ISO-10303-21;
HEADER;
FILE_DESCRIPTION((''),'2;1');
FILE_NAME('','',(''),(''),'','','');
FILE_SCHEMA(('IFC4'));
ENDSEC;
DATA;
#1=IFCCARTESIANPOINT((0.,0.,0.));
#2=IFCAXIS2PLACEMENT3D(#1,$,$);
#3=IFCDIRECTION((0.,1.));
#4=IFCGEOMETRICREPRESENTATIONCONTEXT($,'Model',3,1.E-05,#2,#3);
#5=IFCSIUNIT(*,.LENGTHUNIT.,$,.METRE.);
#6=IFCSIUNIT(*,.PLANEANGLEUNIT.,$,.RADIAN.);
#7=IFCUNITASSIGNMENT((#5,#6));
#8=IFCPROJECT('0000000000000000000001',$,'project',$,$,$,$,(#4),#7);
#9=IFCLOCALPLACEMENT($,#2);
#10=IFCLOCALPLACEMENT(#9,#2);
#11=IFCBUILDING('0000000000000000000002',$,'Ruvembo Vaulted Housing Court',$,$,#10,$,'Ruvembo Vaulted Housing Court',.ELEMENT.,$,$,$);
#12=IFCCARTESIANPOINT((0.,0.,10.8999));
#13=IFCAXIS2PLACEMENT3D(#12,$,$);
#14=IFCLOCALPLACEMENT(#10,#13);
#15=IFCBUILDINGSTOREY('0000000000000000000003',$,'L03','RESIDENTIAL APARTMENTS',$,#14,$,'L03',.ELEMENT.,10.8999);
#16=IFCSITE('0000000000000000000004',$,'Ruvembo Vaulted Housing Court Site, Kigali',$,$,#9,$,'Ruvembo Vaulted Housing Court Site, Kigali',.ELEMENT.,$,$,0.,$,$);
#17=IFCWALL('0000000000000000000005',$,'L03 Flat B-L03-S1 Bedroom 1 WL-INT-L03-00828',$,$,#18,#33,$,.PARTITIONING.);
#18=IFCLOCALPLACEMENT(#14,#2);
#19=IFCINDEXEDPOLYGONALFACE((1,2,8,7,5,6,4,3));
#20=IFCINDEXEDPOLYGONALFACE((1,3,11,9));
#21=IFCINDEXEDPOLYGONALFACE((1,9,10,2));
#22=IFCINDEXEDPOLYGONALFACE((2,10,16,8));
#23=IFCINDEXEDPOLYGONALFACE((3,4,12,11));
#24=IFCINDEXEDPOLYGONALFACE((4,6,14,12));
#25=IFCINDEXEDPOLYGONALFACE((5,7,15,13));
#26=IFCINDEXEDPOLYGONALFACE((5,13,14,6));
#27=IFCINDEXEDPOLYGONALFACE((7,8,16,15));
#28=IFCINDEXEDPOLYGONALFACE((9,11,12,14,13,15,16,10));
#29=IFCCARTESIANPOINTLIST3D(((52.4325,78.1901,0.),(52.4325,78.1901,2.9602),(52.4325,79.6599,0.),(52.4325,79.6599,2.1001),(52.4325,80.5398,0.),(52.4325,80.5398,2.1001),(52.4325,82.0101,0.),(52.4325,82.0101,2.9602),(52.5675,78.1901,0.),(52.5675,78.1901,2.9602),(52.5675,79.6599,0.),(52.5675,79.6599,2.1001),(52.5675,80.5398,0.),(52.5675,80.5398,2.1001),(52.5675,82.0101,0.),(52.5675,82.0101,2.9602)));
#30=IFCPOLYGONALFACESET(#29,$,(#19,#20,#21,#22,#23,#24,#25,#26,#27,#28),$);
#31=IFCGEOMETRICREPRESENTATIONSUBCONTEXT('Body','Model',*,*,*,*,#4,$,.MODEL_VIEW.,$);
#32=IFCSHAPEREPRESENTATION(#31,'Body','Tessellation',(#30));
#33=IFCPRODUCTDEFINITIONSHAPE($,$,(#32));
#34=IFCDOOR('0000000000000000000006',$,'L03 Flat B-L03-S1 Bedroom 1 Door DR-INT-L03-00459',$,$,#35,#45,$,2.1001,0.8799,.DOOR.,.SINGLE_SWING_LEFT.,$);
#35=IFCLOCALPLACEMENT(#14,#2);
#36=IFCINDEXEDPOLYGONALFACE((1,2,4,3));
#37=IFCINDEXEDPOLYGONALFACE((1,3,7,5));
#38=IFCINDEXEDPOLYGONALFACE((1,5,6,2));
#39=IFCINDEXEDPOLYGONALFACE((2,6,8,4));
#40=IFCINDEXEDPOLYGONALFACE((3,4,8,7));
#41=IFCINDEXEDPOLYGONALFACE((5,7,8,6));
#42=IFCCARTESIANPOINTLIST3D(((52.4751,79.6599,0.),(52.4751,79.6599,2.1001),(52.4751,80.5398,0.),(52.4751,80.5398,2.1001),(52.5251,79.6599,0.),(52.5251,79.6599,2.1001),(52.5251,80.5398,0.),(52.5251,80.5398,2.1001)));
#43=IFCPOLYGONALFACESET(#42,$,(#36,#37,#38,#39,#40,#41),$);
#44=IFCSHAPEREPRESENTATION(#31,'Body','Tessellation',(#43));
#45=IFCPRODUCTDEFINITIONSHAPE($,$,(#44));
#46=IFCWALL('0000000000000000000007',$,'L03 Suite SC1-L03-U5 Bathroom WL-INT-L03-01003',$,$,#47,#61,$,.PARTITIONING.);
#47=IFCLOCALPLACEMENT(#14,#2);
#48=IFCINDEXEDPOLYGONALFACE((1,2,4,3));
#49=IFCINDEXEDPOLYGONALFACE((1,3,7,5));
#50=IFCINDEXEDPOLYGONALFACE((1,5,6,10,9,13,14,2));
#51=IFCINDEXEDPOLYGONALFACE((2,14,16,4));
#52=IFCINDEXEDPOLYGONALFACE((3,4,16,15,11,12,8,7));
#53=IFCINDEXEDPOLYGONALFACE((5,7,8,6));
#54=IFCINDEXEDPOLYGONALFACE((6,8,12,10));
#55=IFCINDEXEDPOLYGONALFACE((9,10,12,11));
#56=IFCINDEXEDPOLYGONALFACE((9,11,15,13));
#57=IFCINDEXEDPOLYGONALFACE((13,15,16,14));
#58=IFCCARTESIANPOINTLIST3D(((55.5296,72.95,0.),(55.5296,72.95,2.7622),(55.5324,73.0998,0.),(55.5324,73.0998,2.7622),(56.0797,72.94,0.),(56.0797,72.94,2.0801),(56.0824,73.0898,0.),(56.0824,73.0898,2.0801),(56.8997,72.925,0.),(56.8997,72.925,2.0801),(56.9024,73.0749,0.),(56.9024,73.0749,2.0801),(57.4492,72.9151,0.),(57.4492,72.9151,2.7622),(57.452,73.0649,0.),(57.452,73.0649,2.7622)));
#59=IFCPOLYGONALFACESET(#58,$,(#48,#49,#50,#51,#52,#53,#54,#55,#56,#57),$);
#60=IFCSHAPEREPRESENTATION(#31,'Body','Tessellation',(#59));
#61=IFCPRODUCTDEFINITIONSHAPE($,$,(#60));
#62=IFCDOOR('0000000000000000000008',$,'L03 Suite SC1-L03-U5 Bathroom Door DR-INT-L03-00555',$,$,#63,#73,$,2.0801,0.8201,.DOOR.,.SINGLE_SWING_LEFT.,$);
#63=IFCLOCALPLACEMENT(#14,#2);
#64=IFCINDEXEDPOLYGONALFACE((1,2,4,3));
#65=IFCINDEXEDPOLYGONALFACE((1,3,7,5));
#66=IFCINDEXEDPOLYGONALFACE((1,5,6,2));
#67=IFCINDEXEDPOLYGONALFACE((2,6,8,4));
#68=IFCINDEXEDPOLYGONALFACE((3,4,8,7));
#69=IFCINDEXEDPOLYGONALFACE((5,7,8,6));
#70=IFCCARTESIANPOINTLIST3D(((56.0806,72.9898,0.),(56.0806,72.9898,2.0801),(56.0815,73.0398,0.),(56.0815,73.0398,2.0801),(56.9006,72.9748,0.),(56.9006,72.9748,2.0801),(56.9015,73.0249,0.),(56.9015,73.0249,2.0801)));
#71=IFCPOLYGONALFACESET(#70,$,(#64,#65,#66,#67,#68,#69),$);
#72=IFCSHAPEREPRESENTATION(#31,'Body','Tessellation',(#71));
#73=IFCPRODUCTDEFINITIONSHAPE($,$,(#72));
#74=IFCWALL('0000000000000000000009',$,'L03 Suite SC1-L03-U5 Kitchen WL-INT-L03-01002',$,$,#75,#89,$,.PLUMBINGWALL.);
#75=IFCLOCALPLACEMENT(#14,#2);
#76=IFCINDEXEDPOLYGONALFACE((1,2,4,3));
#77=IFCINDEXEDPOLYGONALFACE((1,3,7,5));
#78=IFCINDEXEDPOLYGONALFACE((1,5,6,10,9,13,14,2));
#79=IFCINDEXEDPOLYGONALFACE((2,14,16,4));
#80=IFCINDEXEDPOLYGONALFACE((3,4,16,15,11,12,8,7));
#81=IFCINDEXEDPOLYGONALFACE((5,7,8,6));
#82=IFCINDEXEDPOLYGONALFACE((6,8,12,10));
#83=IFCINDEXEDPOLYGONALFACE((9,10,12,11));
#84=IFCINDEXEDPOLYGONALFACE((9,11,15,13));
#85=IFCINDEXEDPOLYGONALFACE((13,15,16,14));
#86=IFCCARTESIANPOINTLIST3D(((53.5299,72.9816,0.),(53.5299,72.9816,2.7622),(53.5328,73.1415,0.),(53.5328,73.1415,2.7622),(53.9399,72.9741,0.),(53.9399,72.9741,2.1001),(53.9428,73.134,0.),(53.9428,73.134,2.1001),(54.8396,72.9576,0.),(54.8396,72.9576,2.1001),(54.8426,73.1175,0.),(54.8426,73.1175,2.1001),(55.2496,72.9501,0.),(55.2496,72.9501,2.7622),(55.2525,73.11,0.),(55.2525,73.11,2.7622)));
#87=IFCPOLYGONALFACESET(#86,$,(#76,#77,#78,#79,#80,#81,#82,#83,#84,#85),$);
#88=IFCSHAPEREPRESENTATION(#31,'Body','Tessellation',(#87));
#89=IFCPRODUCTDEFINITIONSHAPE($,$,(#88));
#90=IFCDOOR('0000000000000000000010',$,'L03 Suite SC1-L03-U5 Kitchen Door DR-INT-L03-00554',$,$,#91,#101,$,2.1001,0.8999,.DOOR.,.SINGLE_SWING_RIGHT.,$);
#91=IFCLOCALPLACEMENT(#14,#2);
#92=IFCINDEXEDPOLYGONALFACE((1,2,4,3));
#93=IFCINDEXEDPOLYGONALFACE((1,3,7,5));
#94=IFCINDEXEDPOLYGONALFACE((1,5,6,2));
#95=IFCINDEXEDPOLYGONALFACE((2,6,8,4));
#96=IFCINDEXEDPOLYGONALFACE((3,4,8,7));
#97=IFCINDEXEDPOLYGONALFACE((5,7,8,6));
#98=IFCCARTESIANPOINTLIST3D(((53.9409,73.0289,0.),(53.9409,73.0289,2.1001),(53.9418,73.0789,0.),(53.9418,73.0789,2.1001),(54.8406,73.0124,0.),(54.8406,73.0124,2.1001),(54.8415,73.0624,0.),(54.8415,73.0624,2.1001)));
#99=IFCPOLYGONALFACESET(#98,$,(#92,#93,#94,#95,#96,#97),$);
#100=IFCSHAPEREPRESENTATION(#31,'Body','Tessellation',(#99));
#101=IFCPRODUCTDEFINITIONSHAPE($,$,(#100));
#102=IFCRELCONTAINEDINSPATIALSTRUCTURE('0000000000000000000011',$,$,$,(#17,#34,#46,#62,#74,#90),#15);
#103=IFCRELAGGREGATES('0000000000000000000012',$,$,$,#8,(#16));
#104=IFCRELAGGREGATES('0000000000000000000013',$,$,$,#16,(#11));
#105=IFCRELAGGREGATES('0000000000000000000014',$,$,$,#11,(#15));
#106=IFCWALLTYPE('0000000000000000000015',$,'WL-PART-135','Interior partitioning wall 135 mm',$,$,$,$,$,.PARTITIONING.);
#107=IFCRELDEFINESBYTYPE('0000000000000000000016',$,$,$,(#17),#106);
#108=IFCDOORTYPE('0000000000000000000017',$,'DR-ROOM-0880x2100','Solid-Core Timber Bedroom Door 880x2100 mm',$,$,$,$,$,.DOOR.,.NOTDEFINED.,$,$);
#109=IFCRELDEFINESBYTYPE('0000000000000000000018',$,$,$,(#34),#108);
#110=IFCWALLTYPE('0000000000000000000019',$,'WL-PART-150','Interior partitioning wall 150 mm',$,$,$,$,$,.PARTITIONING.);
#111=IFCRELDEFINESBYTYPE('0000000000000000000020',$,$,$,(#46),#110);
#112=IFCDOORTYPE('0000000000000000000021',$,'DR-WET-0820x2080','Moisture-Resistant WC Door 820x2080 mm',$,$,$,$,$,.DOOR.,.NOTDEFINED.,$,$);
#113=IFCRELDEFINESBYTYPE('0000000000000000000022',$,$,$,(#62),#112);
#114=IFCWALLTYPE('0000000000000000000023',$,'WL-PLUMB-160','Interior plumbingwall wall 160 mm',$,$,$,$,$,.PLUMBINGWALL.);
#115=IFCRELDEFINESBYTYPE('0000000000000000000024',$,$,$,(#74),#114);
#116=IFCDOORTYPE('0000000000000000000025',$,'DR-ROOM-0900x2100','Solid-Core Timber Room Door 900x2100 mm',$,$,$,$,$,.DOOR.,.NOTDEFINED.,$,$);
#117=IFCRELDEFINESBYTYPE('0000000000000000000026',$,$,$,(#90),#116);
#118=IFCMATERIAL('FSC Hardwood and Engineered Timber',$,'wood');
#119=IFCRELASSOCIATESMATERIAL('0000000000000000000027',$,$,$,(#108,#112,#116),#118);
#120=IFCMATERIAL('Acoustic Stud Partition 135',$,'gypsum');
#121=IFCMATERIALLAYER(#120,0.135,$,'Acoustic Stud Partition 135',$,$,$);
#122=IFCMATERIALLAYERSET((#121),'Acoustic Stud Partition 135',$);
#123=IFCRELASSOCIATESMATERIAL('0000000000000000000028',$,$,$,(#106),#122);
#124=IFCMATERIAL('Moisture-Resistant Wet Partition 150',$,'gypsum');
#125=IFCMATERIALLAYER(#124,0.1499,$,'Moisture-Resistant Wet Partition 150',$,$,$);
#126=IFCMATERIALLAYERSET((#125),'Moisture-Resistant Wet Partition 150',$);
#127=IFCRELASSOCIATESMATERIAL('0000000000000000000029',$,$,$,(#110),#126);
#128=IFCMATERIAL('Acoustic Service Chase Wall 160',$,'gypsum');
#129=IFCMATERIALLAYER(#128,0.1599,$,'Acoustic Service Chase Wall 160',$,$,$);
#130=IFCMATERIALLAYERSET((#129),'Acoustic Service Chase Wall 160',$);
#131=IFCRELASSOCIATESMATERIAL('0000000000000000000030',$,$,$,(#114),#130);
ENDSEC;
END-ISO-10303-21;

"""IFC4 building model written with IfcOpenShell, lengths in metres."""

from ifc_helpers import new_model, si_unit, direction, frame, frame_2d, origin, place, context, subcontext, project, spatial, rectangle, extrude, material, layer, layer_set, type_object, element, fill, save


model = new_model("IFC4")

# Units and contexts
model_context = context("Model", 3, precision=1e-05, world=origin(), true_north=direction((0.0, 1.0)))
body_context = subcontext(model_context, "Body", "Model", "MODEL_VIEW")
ifc_project = project(units=[si_unit("LENGTHUNIT", "METRE"), si_unit("PLANEANGLEUNIT", "RADIAN")], contexts=[model_context])

# Site, building, storey
site_placement = place(None, origin())
site = spatial("IfcSite", under=ifc_project, at=site_placement, Name="Ruvembo Vaulted Housing Court Site, Kigali", LongName="Ruvembo Vaulted Housing Court Site, Kigali", CompositionType="ELEMENT", RefElevation=0.0)
building_placement = place(site_placement, origin())
building = spatial("IfcBuilding", under=site, at=building_placement, Name="Ruvembo Vaulted Housing Court", LongName="Ruvembo Vaulted Housing Court", CompositionType="ELEMENT")
storey_placement = place(building_placement, frame((0.0, 0.0, 10.8999)))
storey = spatial("IfcBuildingStorey", under=building, at=storey_placement, Name="L03", Description="RESIDENTIAL APARTMENTS", LongName="L03", CompositionType="ELEMENT", Elevation=10.8999)

# Shared definitions
ifc_material_1 = material(Name="FSC Hardwood and Engineered Timber", Category="wood")

# Walls, openings, doors
door_type_1 = type_object("IfcDoorType", Name="DR-ROOM-0880x2100", Description="Solid-Core Timber Bedroom Door 880x2100 mm", OperationType="NOTDEFINED", PredefinedType="DOOR", material=ifc_material_1)
ifc_material_2 = material(Name="Acoustic Stud Partition 135", Category="gypsum")
ifc_layer_1 = layer(ifc_material_2, 0.135, Name="Acoustic Stud Partition 135")
ifc_layer_set_1 = layer_set([ifc_layer_1], Name="Acoustic Stud Partition 135")
wall_type_1 = type_object("IfcWallType", Name="WL-PART-135", Description="Interior partitioning wall 135 mm", PredefinedType="PARTITIONING", material=ifc_layer_set_1)
wall_1_placement = place(storey_placement, frame((52.5, 78.1899, 0.0), z_axis=(0.0, 0.0, 1.0), x_axis=(0.0, 1.0, 0.0)))
wall_1 = element("IfcWall", 1, at=wall_1_placement, inside=storey, type_object=wall_type_1, Name="L03 Flat B-L03-S1 Bedroom 1 WL-INT-L03-00828", PredefinedType="PARTITIONING", context=body_context, shape_type="SweptSolid", body=[
    extrude(rectangle(XDim=3.8201, YDim=0.135, at=frame_2d((1.9102, 0.0))), origin(), (0.0, 0.0, 1.0), 2.9602),
])
opening_1_placement = place(wall_1_placement, frame((1.47, 0.0, 0.0)))
opening_1 = element("IfcOpeningElement", 2, at=opening_1_placement, cuts=wall_1, PredefinedType="OPENING", context=body_context, shape_type="SweptSolid", body=[
    extrude(rectangle(XDim=0.8799, YDim=2.1001, at=frame_2d((0.4399, 1.05))), frame((0.0, 0.0774, 0.0), z_axis=(0.0, -1.0, 0.0), x_axis=(1.0, 0.0, 0.0)), (0.0, 0.0, 1.0), 0.155),
])
door_1_placement = place(opening_1_placement, origin())
door_1 = element("IfcDoor", 3, at=door_1_placement, inside=storey, type_object=door_type_1, Name="L03 Flat B-L03-S1 Bedroom 1 Door DR-INT-L03-00459", OperationType="SINGLE_SWING_LEFT", OverallHeight=2.1001, OverallWidth=0.8799, PredefinedType="DOOR", context=body_context, shape_type="SweptSolid", body=[
    extrude(rectangle(XDim=0.8799, YDim=2.1001, at=frame_2d((0.4399, 1.05))), frame((0.0, 0.0249, 0.0), z_axis=(0.0, -1.0, 0.0), x_axis=(1.0, 0.0, 0.0)), (0.0, 0.0, 1.0), 0.05),
])
fill(opening_1, door_1)
ifc_material_3 = material(Name="Moisture-Resistant Wet Partition 150", Category="gypsum")
ifc_layer_2 = layer(ifc_material_3, 0.1499, Name="Moisture-Resistant Wet Partition 150")
ifc_layer_set_2 = layer_set([ifc_layer_2], Name="Moisture-Resistant Wet Partition 150")
wall_type_2 = type_object("IfcWallType", Name="WL-PART-150", Description="Interior partitioning wall 150 mm", PredefinedType="PARTITIONING", material=ifc_layer_set_2)
wall_2_placement = place(storey_placement, frame((55.531, 73.0249, 0.0), z_axis=(0.0, 0.0, 1.0), x_axis=(0.999835, -0.018183, 0.0)))
wall_2 = element("IfcWall", 4, at=wall_2_placement, inside=storey, type_object=wall_type_2, Name="L03 Suite SC1-L03-U5 Bathroom WL-INT-L03-01003", PredefinedType="PARTITIONING", context=body_context, shape_type="SweptSolid", body=[
    extrude(rectangle(XDim=1.9199, YDim=0.1499, at=frame_2d((0.96, 0.0))), origin(), (0.0, 0.0, 1.0), 2.7622),
])
opening_2_placement = place(wall_2_placement, frame((0.55, 0.0, 0.0)))
opening_2 = element("IfcOpeningElement", 5, at=opening_2_placement, cuts=wall_2, PredefinedType="OPENING", context=body_context, shape_type="SweptSolid", body=[
    extrude(rectangle(XDim=0.8201, YDim=2.0801, at=frame_2d((0.4102, 1.04))), frame((0.0, 0.085, 0.0), z_axis=(0.0, -1.0, 0.0), x_axis=(1.0, 0.0, 0.0)), (0.0, 0.0, 1.0), 0.1699),
])
door_type_2 = type_object("IfcDoorType", Name="DR-WET-0820x2080", Description="Moisture-Resistant WC Door 820x2080 mm", OperationType="NOTDEFINED", PredefinedType="DOOR", material=ifc_material_1)
door_2_placement = place(opening_2_placement, origin())
door_2 = element("IfcDoor", 6, at=door_2_placement, inside=storey, type_object=door_type_2, Name="L03 Suite SC1-L03-U5 Bathroom Door DR-INT-L03-00555", OperationType="SINGLE_SWING_LEFT", OverallHeight=2.0801, OverallWidth=0.8201, PredefinedType="DOOR", context=body_context, shape_type="SweptSolid", body=[
    extrude(rectangle(XDim=0.8201, YDim=2.0801, at=frame_2d((0.4102, 1.04))), frame((0.0, 0.0249, 0.0), z_axis=(0.0, -1.0, 0.0), x_axis=(1.0, 0.0, 0.0)), (0.0, 0.0, 1.0), 0.05),
])
fill(opening_2, door_2)
ifc_material_4 = material(Name="Acoustic Service Chase Wall 160", Category="gypsum")
ifc_layer_3 = layer(ifc_material_4, 0.1599, Name="Acoustic Service Chase Wall 160")
ifc_layer_set_3 = layer_set([ifc_layer_3], Name="Acoustic Service Chase Wall 160")
wall_type_3 = type_object("IfcWallType", Name="WL-PLUMB-160", Description="Interior plumbingwall wall 160 mm", PredefinedType="PLUMBINGWALL", material=ifc_layer_set_3)
wall_3_placement = place(storey_placement, frame((53.5315, 73.0615, 0.0), z_axis=(0.0, 0.0, 1.0), x_axis=(0.999832, -0.01831, 0.0)))
wall_3 = element("IfcWall", 7, at=wall_3_placement, inside=storey, type_object=wall_type_3, Name="L03 Suite SC1-L03-U5 Kitchen WL-INT-L03-01002", PredefinedType="PLUMBINGWALL", context=body_context, shape_type="SweptSolid", body=[
    extrude(rectangle(XDim=1.72, YDim=0.1599, at=frame_2d((0.8599, 0.0))), origin(), (0.0, 0.0, 1.0), 2.7622),
])
opening_3_placement = place(wall_3_placement, frame((0.4099, 0.0, 0.0)))
opening_3 = element("IfcOpeningElement", 8, at=opening_3_placement, cuts=wall_3, PredefinedType="OPENING", context=body_context, shape_type="SweptSolid", body=[
    extrude(rectangle(XDim=0.8999, YDim=2.1001, at=frame_2d((0.45, 1.05))), frame((0.0, 0.0898, 0.0), z_axis=(0.0, -1.0, 0.0), x_axis=(1.0, 0.0, 0.0)), (0.0, 0.0, 1.0), 0.1799),
])
door_type_3 = type_object("IfcDoorType", Name="DR-ROOM-0900x2100", Description="Solid-Core Timber Room Door 900x2100 mm", OperationType="NOTDEFINED", PredefinedType="DOOR", material=ifc_material_1)
door_3_placement = place(opening_3_placement, origin())
door_3 = element("IfcDoor", 9, at=door_3_placement, inside=storey, type_object=door_type_3, Name="L03 Suite SC1-L03-U5 Kitchen Door DR-INT-L03-00554", OperationType="SINGLE_SWING_RIGHT", OverallHeight=2.1001, OverallWidth=0.8999, PredefinedType="DOOR", context=body_context, shape_type="SweptSolid", body=[
    extrude(rectangle(XDim=0.8999, YDim=2.1001, at=frame_2d((0.45, 1.05))), frame((0.0, 0.0249, 0.0), z_axis=(0.0, -1.0, 0.0), x_axis=(1.0, 0.0, 0.0)), (0.0, 0.0, 1.0), 0.05),
])
fill(opening_3, door_3)

save(model, "model.ifc")
